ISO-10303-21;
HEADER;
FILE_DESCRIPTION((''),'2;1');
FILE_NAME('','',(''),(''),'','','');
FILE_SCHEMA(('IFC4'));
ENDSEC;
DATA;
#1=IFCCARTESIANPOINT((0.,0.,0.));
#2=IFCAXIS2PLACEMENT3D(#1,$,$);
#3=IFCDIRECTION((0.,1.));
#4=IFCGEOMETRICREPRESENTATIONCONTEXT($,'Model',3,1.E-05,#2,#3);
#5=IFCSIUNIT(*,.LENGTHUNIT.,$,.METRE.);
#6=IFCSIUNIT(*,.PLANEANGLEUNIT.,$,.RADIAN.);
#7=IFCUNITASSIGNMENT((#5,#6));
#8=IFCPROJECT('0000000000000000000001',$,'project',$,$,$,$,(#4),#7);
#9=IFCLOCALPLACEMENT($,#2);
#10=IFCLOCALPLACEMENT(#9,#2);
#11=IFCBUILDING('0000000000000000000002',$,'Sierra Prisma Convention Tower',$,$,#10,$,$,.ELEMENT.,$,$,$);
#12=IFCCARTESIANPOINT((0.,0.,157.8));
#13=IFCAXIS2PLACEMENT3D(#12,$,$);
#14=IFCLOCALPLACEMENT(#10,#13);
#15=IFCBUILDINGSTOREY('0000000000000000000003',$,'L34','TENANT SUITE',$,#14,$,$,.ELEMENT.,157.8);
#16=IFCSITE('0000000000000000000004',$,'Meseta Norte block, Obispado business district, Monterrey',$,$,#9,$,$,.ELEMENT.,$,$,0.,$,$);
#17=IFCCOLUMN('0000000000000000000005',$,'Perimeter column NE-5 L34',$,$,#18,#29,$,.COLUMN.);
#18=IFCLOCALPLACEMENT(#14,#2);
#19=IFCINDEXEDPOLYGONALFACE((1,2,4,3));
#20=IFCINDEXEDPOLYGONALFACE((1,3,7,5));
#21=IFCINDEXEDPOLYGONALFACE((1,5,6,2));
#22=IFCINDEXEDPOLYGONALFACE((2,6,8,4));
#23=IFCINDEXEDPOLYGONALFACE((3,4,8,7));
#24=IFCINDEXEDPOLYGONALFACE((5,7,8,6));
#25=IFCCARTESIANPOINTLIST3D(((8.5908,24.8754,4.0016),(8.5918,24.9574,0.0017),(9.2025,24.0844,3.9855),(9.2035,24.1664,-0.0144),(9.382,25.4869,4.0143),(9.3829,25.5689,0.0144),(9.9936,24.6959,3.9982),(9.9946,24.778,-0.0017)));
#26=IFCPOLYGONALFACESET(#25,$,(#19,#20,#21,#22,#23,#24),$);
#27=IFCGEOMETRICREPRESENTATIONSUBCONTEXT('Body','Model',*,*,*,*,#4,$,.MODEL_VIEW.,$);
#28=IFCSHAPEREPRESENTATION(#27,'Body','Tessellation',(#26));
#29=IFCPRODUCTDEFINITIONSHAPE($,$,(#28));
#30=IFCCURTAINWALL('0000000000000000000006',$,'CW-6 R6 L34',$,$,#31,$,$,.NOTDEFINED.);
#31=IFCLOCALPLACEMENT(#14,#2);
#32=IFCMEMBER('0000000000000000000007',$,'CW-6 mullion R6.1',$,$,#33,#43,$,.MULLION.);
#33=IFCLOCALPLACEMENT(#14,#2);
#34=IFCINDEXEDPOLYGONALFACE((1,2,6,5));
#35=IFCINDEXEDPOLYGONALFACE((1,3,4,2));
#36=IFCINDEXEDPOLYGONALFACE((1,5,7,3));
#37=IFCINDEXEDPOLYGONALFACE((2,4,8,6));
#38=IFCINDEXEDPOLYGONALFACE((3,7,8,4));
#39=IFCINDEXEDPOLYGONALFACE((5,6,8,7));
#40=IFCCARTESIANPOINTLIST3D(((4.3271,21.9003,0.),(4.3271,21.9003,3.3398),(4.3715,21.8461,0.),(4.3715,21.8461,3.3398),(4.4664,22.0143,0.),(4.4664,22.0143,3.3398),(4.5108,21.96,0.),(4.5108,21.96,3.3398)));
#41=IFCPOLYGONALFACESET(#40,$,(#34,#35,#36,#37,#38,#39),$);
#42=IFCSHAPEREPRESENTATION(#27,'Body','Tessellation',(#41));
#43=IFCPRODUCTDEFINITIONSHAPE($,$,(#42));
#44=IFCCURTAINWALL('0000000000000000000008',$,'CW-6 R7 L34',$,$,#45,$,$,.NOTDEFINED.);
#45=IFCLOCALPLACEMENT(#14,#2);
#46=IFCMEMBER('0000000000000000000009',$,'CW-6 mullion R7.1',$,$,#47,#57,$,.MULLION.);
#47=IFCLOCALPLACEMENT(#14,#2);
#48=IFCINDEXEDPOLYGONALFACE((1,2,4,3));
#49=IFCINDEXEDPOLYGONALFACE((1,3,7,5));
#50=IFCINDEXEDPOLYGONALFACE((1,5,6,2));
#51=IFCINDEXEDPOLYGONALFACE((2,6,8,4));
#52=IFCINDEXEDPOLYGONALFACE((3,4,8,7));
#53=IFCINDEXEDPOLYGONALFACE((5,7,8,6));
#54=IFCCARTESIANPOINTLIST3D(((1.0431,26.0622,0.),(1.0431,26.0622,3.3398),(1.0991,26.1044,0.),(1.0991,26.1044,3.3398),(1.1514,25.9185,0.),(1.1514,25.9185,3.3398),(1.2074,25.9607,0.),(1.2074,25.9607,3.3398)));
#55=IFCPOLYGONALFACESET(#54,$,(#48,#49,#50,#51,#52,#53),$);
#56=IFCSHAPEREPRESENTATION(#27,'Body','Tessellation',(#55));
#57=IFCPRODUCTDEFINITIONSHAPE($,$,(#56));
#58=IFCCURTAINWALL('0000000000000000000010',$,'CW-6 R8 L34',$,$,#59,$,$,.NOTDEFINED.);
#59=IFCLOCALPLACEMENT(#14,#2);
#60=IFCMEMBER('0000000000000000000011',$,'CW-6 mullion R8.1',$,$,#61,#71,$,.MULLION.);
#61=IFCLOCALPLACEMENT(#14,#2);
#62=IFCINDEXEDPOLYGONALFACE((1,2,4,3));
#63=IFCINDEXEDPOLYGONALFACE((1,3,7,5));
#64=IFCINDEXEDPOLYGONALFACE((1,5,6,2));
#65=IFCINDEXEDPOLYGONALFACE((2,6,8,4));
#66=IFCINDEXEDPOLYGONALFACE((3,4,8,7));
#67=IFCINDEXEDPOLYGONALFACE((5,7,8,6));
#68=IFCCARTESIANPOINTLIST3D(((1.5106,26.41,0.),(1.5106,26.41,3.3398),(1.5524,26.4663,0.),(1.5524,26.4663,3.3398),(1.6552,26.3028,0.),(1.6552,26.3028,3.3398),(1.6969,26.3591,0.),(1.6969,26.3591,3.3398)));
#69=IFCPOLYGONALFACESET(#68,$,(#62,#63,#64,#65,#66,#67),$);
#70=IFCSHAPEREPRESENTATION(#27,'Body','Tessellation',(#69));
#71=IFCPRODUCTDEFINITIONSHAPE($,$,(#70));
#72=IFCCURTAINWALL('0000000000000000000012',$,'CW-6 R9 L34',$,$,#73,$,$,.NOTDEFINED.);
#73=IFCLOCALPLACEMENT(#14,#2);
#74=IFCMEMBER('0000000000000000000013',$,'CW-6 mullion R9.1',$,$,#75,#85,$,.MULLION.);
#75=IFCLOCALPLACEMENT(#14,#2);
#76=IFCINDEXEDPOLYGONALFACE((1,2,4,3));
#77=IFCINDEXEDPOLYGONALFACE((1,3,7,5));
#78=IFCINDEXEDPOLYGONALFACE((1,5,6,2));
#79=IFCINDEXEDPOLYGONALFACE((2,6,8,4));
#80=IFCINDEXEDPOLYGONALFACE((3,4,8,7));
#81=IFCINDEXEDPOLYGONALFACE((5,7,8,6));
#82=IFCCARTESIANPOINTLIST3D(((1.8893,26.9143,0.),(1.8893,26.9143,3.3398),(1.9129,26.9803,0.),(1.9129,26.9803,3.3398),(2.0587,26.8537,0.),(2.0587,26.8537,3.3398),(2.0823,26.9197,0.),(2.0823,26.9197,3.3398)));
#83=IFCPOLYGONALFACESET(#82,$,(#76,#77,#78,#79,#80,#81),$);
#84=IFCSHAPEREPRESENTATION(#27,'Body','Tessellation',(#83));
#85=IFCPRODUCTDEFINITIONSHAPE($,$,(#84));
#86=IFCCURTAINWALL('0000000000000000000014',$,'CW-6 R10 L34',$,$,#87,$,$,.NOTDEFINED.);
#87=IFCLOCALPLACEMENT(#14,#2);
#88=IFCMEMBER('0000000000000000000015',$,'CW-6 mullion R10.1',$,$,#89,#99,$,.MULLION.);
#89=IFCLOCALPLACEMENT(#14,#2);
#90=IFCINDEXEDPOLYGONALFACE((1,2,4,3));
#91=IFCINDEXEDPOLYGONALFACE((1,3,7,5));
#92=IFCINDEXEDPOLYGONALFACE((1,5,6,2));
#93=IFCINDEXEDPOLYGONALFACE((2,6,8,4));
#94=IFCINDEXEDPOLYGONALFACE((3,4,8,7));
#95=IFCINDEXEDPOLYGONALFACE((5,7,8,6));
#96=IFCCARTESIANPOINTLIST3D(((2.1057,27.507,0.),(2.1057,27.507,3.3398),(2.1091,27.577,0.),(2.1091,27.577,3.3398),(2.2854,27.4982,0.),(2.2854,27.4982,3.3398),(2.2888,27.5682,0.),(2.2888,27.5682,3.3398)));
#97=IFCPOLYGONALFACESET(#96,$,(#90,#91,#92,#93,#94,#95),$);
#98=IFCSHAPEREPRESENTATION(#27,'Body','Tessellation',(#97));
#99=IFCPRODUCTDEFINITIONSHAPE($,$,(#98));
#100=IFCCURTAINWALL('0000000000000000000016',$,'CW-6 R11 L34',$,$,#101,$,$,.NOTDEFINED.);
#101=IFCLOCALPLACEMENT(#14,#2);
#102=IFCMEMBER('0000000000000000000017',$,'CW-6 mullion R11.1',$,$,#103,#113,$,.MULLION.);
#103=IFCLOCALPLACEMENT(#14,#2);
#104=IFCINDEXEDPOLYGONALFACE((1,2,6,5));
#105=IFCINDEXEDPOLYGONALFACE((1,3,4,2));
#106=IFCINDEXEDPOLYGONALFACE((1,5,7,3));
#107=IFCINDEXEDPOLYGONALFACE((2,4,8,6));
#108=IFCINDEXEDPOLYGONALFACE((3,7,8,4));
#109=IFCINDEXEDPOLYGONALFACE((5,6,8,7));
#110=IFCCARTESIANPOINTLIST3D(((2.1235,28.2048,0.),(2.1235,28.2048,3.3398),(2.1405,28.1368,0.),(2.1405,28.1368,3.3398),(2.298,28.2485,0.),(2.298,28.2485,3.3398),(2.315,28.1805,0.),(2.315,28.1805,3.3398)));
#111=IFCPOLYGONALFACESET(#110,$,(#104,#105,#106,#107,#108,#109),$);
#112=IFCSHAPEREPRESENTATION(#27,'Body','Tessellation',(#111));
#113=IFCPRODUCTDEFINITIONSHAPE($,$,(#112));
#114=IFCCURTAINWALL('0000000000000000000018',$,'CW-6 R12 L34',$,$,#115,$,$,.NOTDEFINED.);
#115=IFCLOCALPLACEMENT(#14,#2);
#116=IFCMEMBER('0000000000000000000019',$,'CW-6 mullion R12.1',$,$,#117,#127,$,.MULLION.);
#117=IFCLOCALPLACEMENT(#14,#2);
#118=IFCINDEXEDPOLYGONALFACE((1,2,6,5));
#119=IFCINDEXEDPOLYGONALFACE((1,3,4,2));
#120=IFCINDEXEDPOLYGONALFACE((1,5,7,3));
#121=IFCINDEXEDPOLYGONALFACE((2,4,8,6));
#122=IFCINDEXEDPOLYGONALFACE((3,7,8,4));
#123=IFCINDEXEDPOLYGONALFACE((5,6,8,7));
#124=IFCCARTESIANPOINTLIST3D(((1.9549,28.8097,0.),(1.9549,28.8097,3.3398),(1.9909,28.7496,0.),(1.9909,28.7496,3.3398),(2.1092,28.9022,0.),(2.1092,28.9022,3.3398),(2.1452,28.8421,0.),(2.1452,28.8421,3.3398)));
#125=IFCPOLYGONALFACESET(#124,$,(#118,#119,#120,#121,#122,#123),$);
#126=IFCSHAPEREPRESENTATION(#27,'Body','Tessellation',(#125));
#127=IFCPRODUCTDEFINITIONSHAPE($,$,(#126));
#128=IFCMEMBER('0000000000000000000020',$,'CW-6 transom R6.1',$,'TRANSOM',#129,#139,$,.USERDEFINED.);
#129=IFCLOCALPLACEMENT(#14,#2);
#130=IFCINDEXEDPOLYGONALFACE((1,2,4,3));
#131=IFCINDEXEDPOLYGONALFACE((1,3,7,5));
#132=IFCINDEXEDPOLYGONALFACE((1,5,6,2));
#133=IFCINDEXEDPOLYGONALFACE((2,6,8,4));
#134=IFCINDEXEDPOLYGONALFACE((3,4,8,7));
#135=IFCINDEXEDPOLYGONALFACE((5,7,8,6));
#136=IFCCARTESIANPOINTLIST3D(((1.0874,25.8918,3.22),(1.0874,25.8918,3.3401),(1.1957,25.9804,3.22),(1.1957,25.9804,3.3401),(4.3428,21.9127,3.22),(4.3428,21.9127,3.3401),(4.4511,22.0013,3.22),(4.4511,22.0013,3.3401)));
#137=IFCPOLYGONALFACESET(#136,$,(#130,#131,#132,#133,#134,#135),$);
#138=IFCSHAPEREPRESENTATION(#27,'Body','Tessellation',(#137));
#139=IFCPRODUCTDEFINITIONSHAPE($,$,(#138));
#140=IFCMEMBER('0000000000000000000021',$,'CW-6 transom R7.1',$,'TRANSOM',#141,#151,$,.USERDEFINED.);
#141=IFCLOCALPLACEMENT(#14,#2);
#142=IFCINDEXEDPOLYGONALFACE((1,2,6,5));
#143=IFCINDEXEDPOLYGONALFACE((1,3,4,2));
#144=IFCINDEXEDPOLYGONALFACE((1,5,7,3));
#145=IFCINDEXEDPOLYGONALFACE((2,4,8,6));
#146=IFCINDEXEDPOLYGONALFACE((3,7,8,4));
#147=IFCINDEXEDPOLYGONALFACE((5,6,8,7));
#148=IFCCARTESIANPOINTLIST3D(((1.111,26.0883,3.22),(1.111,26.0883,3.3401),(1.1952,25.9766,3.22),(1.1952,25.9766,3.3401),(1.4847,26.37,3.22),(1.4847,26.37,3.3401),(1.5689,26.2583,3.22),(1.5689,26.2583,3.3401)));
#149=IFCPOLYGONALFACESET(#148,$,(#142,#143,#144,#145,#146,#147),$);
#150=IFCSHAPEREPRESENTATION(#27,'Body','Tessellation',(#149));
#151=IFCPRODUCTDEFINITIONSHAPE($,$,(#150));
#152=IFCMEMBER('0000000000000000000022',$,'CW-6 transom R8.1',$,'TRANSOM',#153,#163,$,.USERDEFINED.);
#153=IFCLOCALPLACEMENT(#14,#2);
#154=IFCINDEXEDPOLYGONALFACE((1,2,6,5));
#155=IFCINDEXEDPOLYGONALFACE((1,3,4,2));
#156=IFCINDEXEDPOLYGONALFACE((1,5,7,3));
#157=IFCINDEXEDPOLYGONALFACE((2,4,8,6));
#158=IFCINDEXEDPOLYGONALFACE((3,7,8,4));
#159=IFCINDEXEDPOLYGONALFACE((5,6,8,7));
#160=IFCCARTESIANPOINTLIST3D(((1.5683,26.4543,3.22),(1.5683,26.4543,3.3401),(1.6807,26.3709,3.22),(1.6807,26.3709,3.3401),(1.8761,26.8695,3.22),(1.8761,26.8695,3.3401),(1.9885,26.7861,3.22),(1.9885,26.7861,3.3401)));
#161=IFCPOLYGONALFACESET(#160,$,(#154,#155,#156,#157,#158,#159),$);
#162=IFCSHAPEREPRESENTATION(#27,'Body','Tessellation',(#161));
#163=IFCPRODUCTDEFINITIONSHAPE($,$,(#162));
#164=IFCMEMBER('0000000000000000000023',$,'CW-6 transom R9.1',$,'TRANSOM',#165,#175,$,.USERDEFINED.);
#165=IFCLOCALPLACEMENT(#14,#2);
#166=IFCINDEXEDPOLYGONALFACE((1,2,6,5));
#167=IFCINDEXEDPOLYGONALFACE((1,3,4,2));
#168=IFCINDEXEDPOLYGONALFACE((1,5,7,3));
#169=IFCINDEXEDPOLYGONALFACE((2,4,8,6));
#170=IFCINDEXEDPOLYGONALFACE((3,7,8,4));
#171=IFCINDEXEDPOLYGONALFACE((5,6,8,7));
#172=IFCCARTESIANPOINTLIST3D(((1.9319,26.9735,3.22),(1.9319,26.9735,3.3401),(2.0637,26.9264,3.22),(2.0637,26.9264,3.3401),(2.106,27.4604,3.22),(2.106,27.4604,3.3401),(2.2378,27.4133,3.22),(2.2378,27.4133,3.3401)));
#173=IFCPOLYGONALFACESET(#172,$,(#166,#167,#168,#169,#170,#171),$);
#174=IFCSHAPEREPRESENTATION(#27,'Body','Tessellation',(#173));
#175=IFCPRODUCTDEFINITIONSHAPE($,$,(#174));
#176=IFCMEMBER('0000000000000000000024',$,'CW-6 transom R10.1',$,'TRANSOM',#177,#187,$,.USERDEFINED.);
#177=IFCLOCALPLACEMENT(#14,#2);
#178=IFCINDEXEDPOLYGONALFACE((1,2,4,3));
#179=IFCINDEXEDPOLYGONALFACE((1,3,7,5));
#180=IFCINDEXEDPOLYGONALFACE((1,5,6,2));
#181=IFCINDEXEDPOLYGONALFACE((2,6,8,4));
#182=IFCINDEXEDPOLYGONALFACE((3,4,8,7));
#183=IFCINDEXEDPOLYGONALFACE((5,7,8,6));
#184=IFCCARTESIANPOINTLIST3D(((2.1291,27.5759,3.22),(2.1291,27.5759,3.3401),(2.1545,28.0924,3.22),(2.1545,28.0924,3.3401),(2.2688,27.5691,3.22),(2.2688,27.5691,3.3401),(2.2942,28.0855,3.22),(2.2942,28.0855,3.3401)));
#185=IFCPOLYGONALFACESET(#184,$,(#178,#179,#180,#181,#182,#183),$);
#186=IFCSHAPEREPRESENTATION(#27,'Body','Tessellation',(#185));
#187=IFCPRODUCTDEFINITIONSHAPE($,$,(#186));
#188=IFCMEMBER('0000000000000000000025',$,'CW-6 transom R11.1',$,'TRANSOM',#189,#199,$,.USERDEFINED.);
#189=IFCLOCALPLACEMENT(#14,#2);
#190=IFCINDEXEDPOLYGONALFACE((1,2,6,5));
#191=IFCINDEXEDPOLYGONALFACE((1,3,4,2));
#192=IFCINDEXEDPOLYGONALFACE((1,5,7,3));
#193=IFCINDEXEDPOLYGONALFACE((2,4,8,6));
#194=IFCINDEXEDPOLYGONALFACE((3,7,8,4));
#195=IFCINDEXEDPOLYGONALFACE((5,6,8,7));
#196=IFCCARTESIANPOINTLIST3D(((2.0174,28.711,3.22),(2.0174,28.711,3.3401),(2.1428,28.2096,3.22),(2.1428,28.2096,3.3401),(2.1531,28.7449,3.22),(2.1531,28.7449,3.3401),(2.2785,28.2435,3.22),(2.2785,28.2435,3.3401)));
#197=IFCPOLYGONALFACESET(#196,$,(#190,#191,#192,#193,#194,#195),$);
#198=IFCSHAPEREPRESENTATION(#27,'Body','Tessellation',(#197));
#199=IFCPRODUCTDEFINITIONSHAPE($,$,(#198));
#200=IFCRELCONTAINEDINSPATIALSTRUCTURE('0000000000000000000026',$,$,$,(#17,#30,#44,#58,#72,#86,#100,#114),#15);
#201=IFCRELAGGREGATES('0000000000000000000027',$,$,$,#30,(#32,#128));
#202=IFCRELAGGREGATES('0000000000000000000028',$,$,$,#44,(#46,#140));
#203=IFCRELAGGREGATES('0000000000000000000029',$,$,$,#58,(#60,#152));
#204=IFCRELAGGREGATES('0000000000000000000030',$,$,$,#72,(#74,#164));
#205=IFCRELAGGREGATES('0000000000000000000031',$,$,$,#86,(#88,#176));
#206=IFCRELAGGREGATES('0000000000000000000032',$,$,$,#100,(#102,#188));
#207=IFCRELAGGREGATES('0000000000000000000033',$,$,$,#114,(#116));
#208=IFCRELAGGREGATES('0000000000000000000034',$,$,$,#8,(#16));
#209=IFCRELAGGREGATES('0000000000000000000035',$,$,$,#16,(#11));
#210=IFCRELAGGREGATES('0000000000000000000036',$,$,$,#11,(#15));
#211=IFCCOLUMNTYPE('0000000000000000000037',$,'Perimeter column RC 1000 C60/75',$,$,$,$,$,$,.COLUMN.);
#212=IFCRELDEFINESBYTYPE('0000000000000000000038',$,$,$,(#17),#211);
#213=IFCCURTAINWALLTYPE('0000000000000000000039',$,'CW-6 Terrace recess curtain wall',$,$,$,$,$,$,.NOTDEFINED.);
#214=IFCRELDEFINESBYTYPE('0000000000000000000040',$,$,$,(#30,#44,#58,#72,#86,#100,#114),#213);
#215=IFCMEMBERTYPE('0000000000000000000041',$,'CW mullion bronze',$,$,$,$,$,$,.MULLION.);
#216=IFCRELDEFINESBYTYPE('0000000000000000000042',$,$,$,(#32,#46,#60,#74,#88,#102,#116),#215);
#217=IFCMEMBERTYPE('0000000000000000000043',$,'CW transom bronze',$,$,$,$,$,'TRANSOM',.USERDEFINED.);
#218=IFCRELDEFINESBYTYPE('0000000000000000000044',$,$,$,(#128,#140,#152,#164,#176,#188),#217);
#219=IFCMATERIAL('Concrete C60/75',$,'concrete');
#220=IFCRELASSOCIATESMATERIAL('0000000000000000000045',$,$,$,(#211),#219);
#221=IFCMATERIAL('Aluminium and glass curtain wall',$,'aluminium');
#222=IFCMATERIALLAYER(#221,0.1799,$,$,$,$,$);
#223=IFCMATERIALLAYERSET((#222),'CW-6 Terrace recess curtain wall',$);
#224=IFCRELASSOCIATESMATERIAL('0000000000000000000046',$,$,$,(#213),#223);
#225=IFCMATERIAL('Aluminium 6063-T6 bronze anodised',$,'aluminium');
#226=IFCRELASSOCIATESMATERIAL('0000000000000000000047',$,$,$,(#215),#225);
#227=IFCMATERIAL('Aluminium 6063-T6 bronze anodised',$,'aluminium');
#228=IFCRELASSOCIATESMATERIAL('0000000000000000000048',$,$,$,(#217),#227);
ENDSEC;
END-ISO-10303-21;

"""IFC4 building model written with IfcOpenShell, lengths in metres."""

from ifc_helpers import new_model, si_unit, direction, frame, origin, origin_2d, place, context, subcontext, project, spatial, rectangle, extrude, material, layer, layer_set, material_profile, profile_set, type_object, element, aggregate, save


model = new_model("IFC4")

# Units and contexts
model_context = context("Model", 3, precision=1e-05, world=origin(), true_north=direction((0.0, 1.0)))
body_context = subcontext(model_context, "Body", "Model", "MODEL_VIEW")
ifc_project = project(units=[si_unit("LENGTHUNIT", "METRE"), si_unit("PLANEANGLEUNIT", "RADIAN")], contexts=[model_context])

# Site, building, storey
site_placement = place(None, origin())
site = spatial("IfcSite", under=ifc_project, at=site_placement, Name="Meseta Norte block, Obispado business district, Monterrey", CompositionType="ELEMENT", RefElevation=0.0)
building_placement = place(site_placement, origin())
building = spatial("IfcBuilding", under=site, at=building_placement, Name="Sierra Prisma Convention Tower", CompositionType="ELEMENT")
storey_placement = place(building_placement, frame((0.0, 0.0, 157.8)))
storey = spatial("IfcBuildingStorey", under=building, at=storey_placement, Name="L34", Description="TENANT SUITE", CompositionType="ELEMENT", Elevation=157.8)

# Column
ifc_material_1 = material(Name="Concrete C60/75", Category="concrete")
ifc_material_profile_1 = material_profile(ifc_material_1, rectangle(XDim=1.0, YDim=1.0, at=origin_2d()), Name="Perimeter column RC 1000 C60/75")
ifc_profile_set_1 = profile_set([ifc_material_profile_1], Name="Concrete C60/75")
column_type = type_object("IfcColumnType", Name="Perimeter column RC 1000 C60/75", PredefinedType="COLUMN", material=ifc_profile_set_1)
column_placement = place(storey_placement, frame((9.2932, 24.8677, 0.0), z_axis=(-0.000244, -0.020504, 0.99979), x_axis=(-0.611668, 0.790951, 0.016071)))
element("IfcColumn", 1, at=column_placement, inside=storey, type_object=column_type, Name="Perimeter column NE-5 L34", PredefinedType="COLUMN", context=body_context, shape_type="SweptSolid", body=[
    extrude(rectangle(XDim=1.0, YDim=1.0, at=origin_2d()), origin(), (0.0, 0.0, 1.0), 4.0007),
])

# Curtain walls, members
ifc_material_2 = material(Name="Aluminium and glass curtain wall", Category="aluminium")
ifc_layer_1 = layer(ifc_material_2, 0.1799)
ifc_layer_set_1 = layer_set([ifc_layer_1], Name="CW-6 Terrace recess curtain wall")
curtain_wall_type = type_object("IfcCurtainWallType", Name="CW-6 Terrace recess curtain wall", PredefinedType="NOTDEFINED", material=ifc_layer_set_1)
curtain_wall_1_placement = place(storey_placement, origin())
curtain_wall_1 = element("IfcCurtainWall", 2, at=curtain_wall_1_placement, inside=storey, type_object=curtain_wall_type, Name="CW-6 R6 L34", PredefinedType="NOTDEFINED")
ifc_material_3 = material(Name="Aluminium 6063-T6 bronze anodised", Category="aluminium")
ifc_material_profile_2 = material_profile(ifc_material_3, rectangle(XDim=0.1799, YDim=0.0701, at=origin_2d()), Name="ALU MULLION 70x180")
ifc_profile_set_2 = profile_set([ifc_material_profile_2], Name="Aluminium 6063-T6 bronze anodised")
member_type_1 = type_object("IfcMemberType", Name="CW mullion bronze", PredefinedType="MULLION", material=ifc_profile_set_2)
member_1_placement = place(storey_placement, frame((4.4189, 21.9302, 0.0), z_axis=(0.0, 0.0, 1.0), x_axis=(-0.773979, -0.633211, 0.0)))
member_1 = element("IfcMember", 3, at=member_1_placement, type_object=member_type_1, Name="CW-6 mullion R6.1", PredefinedType="MULLION", context=body_context, shape_type="SweptSolid", body=[
    extrude(rectangle(XDim=0.1799, YDim=0.0701, at=origin_2d()), origin(), (0.0, 0.0, 1.0), 3.3398),
])
curtain_wall_2_placement = place(storey_placement, origin())
curtain_wall_2 = element("IfcCurtainWall", 4, at=curtain_wall_2_placement, inside=storey, type_object=curtain_wall_type, Name="CW-6 R7 L34", PredefinedType="NOTDEFINED")
member_2_placement = place(storey_placement, frame((1.1252, 26.0115, 0.0), z_axis=(0.0, 0.0, 1.0), x_axis=(-0.602026, 0.798477, 0.0)))
member_2 = element("IfcMember", 5, at=member_2_placement, type_object=member_type_1, Name="CW-6 mullion R7.1", PredefinedType="MULLION", context=body_context, shape_type="SweptSolid", body=[
    extrude(rectangle(XDim=0.1799, YDim=0.0701, at=origin_2d()), origin(), (0.0, 0.0, 1.0), 3.3398),
])
curtain_wall_3_placement = place(storey_placement, origin())
curtain_wall_3 = element("IfcCurtainWall", 6, at=curtain_wall_3_placement, inside=storey, type_object=curtain_wall_type, Name="CW-6 R8 L34", PredefinedType="NOTDEFINED")
member_3_placement = place(storey_placement, frame((1.6038, 26.3845, 0.0), z_axis=(0.0, 0.0, 1.0), x_axis=(-0.803208, 0.595699, 0.0)))
member_3 = element("IfcMember", 7, at=member_3_placement, type_object=member_type_1, Name="CW-6 mullion R8.1", PredefinedType="MULLION", context=body_context, shape_type="SweptSolid", body=[
    extrude(rectangle(XDim=0.1799, YDim=0.0701, at=origin_2d()), origin(), (0.0, 0.0, 1.0), 3.3398),
])
curtain_wall_4_placement = place(storey_placement, origin())
curtain_wall_4 = element("IfcCurtainWall", 8, at=curtain_wall_4_placement, inside=storey, type_object=curtain_wall_type, Name="CW-6 R9 L34", PredefinedType="NOTDEFINED")
member_4_placement = place(storey_placement, frame((1.9858, 26.917, 0.0), z_axis=(0.0, 0.0, 1.0), x_axis=(-0.941544, 0.33689, 0.0)))
member_4 = element("IfcMember", 9, at=member_4_placement, type_object=member_type_1, Name="CW-6 mullion R9.1", PredefinedType="MULLION", context=body_context, shape_type="SweptSolid", body=[
    extrude(rectangle(XDim=0.1799, YDim=0.0701, at=origin_2d()), origin(), (0.0, 0.0, 1.0), 3.3398),
])
curtain_wall_5_placement = place(storey_placement, origin())
curtain_wall_5 = element("IfcCurtainWall", 10, at=curtain_wall_5_placement, inside=storey, type_object=curtain_wall_type, Name="CW-6 R10 L34", PredefinedType="NOTDEFINED")
member_5_placement = place(storey_placement, frame((2.1973, 27.5376, 0.0), z_axis=(0.0, 0.0, 1.0), x_axis=(-0.998795, 0.049068, 0.0)))
member_5 = element("IfcMember", 11, at=member_5_placement, type_object=member_type_1, Name="CW-6 mullion R10.1", PredefinedType="MULLION", context=body_context, shape_type="SweptSolid", body=[
    extrude(rectangle(XDim=0.1799, YDim=0.0701, at=origin_2d()), origin(), (0.0, 0.0, 1.0), 3.3398),
])
curtain_wall_6_placement = place(storey_placement, origin())
curtain_wall_6 = element("IfcCurtainWall", 12, at=curtain_wall_6_placement, inside=storey, type_object=curtain_wall_type, Name="CW-6 R11 L34", PredefinedType="NOTDEFINED")
member_6_placement = place(storey_placement, frame((2.2192, 28.1926, 0.0), z_axis=(0.0, 0.0, 1.0), x_axis=(-0.970031, -0.24298, 0.0)))
member_6 = element("IfcMember", 13, at=member_6_placement, type_object=member_type_1, Name="CW-6 mullion R11.1", PredefinedType="MULLION", context=body_context, shape_type="SweptSolid", body=[
    extrude(rectangle(XDim=0.1799, YDim=0.0701, at=origin_2d()), origin(), (0.0, 0.0, 1.0), 3.3398),
])
curtain_wall_7_placement = place(storey_placement, origin())
curtain_wall_7 = element("IfcCurtainWall", 14, at=curtain_wall_7_placement, inside=storey, type_object=curtain_wall_type, Name="CW-6 R12 L34", PredefinedType="NOTDEFINED")
member_7_placement = place(storey_placement, frame((2.05, 28.8259, 0.0), z_axis=(0.0, 0.0, 1.0), x_axis=(-0.857729, -0.514103, 0.0)))
member_7 = element("IfcMember", 15, at=member_7_placement, type_object=member_type_1, Name="CW-6 mullion R12.1", PredefinedType="MULLION", context=body_context, shape_type="SweptSolid", body=[
    extrude(rectangle(XDim=0.1799, YDim=0.0701, at=origin_2d()), origin(), (0.0, 0.0, 1.0), 3.3398),
])

# Members
ifc_material_4 = material(Name="Aluminium 6063-T6 bronze anodised", Category="aluminium")
ifc_material_profile_3 = material_profile(ifc_material_4, rectangle(XDim=0.1399, YDim=0.1201, at=origin_2d()), Name="ALU TRANSOM 120x140")
ifc_profile_set_3 = profile_set([ifc_material_profile_3], Name="Aluminium 6063-T6 bronze anodised")
member_type_2 = type_object("IfcMemberType", Name="CW transom bronze", ElementType="TRANSOM", PredefinedType="USERDEFINED", material=ifc_profile_set_3)
member_8_placement = place(storey_placement, frame((4.397, 21.957, 3.28), z_axis=(-0.633217, 0.773974, 0.0), x_axis=(-0.773974, -0.633217, 0.0)))
member_8 = element("IfcMember", 16, at=member_8_placement, type_object=member_type_2, Name="CW-6 transom R6.1", ObjectType="TRANSOM", PredefinedType="USERDEFINED", context=body_context, shape_type="SweptSolid", body=[
    extrude(rectangle(XDim=0.1399, YDim=0.1201, at=origin_2d()), origin(), (0.0, 0.0, 1.0), 5.1411),
])
member_9_placement = place(storey_placement, frame((1.1531, 26.0325, 3.28), z_axis=(0.798558, 0.601918, 0.0), x_axis=(-0.601918, 0.798558, 0.0)))
member_9 = element("IfcMember", 17, at=member_9_placement, type_object=member_type_2, Name="CW-6 transom R7.1", ObjectType="TRANSOM", PredefinedType="USERDEFINED", context=body_context, shape_type="SweptSolid", body=[
    extrude(rectangle(XDim=0.1399, YDim=0.1201, at=origin_2d()), origin(), (0.0, 0.0, 1.0), 0.468),
])
member_10_placement = place(storey_placement, frame((1.6245, 26.4126, 3.28), z_axis=(0.595532, 0.803331, 0.0), x_axis=(-0.803331, 0.595532, 0.0)))
member_10 = element("IfcMember", 18, at=member_10_placement, type_object=member_type_2, Name="CW-6 transom R8.1", ObjectType="TRANSOM", PredefinedType="USERDEFINED", context=body_context, shape_type="SweptSolid", body=[
    extrude(rectangle(XDim=0.1399, YDim=0.1201, at=origin_2d()), origin(), (0.0, 0.0, 1.0), 0.5168),
])
member_11_placement = place(storey_placement, frame((1.9978, 26.95, 3.28), z_axis=(0.336695, 0.941614, 0.0), x_axis=(-0.941614, 0.336695, 0.0)))
member_11 = element("IfcMember", 19, at=member_11_placement, type_object=member_type_2, Name="CW-6 transom R9.1", ObjectType="TRANSOM", PredefinedType="USERDEFINED", context=body_context, shape_type="SweptSolid", body=[
    extrude(rectangle(XDim=0.1399, YDim=0.1201, at=origin_2d()), origin(), (0.0, 0.0, 1.0), 0.5171),
])
member_12_placement = place(storey_placement, frame((2.199, 27.5725, 3.28), z_axis=(0.049113, 0.998793, 0.0), x_axis=(-0.998793, 0.049113, 0.0)))
member_12 = element("IfcMember", 20, at=member_12_placement, type_object=member_type_2, Name="CW-6 transom R10.1", ObjectType="TRANSOM", PredefinedType="USERDEFINED", context=body_context, shape_type="SweptSolid", body=[
    extrude(rectangle(XDim=0.1399, YDim=0.1201, at=origin_2d()), origin(), (0.0, 0.0, 1.0), 0.5171),
])
member_13_placement = place(storey_placement, frame((2.2107, 28.2266, 3.28), z_axis=(-0.242758, 0.970087, 0.0), x_axis=(-0.970087, -0.242758, 0.0)))
member_13 = element("IfcMember", 21, at=member_13_placement, type_object=member_type_2, Name="CW-6 transom R11.1", ObjectType="TRANSOM", PredefinedType="USERDEFINED", context=body_context, shape_type="SweptSolid", body=[
    extrude(rectangle(XDim=0.1399, YDim=0.1201, at=origin_2d()), origin(), (0.0, 0.0, 1.0), 0.5168),
])

aggregate(curtain_wall_1, [member_1, member_8])
aggregate(curtain_wall_2, [member_2, member_9])
aggregate(curtain_wall_3, [member_3, member_10])
aggregate(curtain_wall_4, [member_4, member_11])
aggregate(curtain_wall_5, [member_5, member_12])
aggregate(curtain_wall_6, [member_6, member_13])
aggregate(curtain_wall_7, [member_7])

save(model, "model.ifc")
